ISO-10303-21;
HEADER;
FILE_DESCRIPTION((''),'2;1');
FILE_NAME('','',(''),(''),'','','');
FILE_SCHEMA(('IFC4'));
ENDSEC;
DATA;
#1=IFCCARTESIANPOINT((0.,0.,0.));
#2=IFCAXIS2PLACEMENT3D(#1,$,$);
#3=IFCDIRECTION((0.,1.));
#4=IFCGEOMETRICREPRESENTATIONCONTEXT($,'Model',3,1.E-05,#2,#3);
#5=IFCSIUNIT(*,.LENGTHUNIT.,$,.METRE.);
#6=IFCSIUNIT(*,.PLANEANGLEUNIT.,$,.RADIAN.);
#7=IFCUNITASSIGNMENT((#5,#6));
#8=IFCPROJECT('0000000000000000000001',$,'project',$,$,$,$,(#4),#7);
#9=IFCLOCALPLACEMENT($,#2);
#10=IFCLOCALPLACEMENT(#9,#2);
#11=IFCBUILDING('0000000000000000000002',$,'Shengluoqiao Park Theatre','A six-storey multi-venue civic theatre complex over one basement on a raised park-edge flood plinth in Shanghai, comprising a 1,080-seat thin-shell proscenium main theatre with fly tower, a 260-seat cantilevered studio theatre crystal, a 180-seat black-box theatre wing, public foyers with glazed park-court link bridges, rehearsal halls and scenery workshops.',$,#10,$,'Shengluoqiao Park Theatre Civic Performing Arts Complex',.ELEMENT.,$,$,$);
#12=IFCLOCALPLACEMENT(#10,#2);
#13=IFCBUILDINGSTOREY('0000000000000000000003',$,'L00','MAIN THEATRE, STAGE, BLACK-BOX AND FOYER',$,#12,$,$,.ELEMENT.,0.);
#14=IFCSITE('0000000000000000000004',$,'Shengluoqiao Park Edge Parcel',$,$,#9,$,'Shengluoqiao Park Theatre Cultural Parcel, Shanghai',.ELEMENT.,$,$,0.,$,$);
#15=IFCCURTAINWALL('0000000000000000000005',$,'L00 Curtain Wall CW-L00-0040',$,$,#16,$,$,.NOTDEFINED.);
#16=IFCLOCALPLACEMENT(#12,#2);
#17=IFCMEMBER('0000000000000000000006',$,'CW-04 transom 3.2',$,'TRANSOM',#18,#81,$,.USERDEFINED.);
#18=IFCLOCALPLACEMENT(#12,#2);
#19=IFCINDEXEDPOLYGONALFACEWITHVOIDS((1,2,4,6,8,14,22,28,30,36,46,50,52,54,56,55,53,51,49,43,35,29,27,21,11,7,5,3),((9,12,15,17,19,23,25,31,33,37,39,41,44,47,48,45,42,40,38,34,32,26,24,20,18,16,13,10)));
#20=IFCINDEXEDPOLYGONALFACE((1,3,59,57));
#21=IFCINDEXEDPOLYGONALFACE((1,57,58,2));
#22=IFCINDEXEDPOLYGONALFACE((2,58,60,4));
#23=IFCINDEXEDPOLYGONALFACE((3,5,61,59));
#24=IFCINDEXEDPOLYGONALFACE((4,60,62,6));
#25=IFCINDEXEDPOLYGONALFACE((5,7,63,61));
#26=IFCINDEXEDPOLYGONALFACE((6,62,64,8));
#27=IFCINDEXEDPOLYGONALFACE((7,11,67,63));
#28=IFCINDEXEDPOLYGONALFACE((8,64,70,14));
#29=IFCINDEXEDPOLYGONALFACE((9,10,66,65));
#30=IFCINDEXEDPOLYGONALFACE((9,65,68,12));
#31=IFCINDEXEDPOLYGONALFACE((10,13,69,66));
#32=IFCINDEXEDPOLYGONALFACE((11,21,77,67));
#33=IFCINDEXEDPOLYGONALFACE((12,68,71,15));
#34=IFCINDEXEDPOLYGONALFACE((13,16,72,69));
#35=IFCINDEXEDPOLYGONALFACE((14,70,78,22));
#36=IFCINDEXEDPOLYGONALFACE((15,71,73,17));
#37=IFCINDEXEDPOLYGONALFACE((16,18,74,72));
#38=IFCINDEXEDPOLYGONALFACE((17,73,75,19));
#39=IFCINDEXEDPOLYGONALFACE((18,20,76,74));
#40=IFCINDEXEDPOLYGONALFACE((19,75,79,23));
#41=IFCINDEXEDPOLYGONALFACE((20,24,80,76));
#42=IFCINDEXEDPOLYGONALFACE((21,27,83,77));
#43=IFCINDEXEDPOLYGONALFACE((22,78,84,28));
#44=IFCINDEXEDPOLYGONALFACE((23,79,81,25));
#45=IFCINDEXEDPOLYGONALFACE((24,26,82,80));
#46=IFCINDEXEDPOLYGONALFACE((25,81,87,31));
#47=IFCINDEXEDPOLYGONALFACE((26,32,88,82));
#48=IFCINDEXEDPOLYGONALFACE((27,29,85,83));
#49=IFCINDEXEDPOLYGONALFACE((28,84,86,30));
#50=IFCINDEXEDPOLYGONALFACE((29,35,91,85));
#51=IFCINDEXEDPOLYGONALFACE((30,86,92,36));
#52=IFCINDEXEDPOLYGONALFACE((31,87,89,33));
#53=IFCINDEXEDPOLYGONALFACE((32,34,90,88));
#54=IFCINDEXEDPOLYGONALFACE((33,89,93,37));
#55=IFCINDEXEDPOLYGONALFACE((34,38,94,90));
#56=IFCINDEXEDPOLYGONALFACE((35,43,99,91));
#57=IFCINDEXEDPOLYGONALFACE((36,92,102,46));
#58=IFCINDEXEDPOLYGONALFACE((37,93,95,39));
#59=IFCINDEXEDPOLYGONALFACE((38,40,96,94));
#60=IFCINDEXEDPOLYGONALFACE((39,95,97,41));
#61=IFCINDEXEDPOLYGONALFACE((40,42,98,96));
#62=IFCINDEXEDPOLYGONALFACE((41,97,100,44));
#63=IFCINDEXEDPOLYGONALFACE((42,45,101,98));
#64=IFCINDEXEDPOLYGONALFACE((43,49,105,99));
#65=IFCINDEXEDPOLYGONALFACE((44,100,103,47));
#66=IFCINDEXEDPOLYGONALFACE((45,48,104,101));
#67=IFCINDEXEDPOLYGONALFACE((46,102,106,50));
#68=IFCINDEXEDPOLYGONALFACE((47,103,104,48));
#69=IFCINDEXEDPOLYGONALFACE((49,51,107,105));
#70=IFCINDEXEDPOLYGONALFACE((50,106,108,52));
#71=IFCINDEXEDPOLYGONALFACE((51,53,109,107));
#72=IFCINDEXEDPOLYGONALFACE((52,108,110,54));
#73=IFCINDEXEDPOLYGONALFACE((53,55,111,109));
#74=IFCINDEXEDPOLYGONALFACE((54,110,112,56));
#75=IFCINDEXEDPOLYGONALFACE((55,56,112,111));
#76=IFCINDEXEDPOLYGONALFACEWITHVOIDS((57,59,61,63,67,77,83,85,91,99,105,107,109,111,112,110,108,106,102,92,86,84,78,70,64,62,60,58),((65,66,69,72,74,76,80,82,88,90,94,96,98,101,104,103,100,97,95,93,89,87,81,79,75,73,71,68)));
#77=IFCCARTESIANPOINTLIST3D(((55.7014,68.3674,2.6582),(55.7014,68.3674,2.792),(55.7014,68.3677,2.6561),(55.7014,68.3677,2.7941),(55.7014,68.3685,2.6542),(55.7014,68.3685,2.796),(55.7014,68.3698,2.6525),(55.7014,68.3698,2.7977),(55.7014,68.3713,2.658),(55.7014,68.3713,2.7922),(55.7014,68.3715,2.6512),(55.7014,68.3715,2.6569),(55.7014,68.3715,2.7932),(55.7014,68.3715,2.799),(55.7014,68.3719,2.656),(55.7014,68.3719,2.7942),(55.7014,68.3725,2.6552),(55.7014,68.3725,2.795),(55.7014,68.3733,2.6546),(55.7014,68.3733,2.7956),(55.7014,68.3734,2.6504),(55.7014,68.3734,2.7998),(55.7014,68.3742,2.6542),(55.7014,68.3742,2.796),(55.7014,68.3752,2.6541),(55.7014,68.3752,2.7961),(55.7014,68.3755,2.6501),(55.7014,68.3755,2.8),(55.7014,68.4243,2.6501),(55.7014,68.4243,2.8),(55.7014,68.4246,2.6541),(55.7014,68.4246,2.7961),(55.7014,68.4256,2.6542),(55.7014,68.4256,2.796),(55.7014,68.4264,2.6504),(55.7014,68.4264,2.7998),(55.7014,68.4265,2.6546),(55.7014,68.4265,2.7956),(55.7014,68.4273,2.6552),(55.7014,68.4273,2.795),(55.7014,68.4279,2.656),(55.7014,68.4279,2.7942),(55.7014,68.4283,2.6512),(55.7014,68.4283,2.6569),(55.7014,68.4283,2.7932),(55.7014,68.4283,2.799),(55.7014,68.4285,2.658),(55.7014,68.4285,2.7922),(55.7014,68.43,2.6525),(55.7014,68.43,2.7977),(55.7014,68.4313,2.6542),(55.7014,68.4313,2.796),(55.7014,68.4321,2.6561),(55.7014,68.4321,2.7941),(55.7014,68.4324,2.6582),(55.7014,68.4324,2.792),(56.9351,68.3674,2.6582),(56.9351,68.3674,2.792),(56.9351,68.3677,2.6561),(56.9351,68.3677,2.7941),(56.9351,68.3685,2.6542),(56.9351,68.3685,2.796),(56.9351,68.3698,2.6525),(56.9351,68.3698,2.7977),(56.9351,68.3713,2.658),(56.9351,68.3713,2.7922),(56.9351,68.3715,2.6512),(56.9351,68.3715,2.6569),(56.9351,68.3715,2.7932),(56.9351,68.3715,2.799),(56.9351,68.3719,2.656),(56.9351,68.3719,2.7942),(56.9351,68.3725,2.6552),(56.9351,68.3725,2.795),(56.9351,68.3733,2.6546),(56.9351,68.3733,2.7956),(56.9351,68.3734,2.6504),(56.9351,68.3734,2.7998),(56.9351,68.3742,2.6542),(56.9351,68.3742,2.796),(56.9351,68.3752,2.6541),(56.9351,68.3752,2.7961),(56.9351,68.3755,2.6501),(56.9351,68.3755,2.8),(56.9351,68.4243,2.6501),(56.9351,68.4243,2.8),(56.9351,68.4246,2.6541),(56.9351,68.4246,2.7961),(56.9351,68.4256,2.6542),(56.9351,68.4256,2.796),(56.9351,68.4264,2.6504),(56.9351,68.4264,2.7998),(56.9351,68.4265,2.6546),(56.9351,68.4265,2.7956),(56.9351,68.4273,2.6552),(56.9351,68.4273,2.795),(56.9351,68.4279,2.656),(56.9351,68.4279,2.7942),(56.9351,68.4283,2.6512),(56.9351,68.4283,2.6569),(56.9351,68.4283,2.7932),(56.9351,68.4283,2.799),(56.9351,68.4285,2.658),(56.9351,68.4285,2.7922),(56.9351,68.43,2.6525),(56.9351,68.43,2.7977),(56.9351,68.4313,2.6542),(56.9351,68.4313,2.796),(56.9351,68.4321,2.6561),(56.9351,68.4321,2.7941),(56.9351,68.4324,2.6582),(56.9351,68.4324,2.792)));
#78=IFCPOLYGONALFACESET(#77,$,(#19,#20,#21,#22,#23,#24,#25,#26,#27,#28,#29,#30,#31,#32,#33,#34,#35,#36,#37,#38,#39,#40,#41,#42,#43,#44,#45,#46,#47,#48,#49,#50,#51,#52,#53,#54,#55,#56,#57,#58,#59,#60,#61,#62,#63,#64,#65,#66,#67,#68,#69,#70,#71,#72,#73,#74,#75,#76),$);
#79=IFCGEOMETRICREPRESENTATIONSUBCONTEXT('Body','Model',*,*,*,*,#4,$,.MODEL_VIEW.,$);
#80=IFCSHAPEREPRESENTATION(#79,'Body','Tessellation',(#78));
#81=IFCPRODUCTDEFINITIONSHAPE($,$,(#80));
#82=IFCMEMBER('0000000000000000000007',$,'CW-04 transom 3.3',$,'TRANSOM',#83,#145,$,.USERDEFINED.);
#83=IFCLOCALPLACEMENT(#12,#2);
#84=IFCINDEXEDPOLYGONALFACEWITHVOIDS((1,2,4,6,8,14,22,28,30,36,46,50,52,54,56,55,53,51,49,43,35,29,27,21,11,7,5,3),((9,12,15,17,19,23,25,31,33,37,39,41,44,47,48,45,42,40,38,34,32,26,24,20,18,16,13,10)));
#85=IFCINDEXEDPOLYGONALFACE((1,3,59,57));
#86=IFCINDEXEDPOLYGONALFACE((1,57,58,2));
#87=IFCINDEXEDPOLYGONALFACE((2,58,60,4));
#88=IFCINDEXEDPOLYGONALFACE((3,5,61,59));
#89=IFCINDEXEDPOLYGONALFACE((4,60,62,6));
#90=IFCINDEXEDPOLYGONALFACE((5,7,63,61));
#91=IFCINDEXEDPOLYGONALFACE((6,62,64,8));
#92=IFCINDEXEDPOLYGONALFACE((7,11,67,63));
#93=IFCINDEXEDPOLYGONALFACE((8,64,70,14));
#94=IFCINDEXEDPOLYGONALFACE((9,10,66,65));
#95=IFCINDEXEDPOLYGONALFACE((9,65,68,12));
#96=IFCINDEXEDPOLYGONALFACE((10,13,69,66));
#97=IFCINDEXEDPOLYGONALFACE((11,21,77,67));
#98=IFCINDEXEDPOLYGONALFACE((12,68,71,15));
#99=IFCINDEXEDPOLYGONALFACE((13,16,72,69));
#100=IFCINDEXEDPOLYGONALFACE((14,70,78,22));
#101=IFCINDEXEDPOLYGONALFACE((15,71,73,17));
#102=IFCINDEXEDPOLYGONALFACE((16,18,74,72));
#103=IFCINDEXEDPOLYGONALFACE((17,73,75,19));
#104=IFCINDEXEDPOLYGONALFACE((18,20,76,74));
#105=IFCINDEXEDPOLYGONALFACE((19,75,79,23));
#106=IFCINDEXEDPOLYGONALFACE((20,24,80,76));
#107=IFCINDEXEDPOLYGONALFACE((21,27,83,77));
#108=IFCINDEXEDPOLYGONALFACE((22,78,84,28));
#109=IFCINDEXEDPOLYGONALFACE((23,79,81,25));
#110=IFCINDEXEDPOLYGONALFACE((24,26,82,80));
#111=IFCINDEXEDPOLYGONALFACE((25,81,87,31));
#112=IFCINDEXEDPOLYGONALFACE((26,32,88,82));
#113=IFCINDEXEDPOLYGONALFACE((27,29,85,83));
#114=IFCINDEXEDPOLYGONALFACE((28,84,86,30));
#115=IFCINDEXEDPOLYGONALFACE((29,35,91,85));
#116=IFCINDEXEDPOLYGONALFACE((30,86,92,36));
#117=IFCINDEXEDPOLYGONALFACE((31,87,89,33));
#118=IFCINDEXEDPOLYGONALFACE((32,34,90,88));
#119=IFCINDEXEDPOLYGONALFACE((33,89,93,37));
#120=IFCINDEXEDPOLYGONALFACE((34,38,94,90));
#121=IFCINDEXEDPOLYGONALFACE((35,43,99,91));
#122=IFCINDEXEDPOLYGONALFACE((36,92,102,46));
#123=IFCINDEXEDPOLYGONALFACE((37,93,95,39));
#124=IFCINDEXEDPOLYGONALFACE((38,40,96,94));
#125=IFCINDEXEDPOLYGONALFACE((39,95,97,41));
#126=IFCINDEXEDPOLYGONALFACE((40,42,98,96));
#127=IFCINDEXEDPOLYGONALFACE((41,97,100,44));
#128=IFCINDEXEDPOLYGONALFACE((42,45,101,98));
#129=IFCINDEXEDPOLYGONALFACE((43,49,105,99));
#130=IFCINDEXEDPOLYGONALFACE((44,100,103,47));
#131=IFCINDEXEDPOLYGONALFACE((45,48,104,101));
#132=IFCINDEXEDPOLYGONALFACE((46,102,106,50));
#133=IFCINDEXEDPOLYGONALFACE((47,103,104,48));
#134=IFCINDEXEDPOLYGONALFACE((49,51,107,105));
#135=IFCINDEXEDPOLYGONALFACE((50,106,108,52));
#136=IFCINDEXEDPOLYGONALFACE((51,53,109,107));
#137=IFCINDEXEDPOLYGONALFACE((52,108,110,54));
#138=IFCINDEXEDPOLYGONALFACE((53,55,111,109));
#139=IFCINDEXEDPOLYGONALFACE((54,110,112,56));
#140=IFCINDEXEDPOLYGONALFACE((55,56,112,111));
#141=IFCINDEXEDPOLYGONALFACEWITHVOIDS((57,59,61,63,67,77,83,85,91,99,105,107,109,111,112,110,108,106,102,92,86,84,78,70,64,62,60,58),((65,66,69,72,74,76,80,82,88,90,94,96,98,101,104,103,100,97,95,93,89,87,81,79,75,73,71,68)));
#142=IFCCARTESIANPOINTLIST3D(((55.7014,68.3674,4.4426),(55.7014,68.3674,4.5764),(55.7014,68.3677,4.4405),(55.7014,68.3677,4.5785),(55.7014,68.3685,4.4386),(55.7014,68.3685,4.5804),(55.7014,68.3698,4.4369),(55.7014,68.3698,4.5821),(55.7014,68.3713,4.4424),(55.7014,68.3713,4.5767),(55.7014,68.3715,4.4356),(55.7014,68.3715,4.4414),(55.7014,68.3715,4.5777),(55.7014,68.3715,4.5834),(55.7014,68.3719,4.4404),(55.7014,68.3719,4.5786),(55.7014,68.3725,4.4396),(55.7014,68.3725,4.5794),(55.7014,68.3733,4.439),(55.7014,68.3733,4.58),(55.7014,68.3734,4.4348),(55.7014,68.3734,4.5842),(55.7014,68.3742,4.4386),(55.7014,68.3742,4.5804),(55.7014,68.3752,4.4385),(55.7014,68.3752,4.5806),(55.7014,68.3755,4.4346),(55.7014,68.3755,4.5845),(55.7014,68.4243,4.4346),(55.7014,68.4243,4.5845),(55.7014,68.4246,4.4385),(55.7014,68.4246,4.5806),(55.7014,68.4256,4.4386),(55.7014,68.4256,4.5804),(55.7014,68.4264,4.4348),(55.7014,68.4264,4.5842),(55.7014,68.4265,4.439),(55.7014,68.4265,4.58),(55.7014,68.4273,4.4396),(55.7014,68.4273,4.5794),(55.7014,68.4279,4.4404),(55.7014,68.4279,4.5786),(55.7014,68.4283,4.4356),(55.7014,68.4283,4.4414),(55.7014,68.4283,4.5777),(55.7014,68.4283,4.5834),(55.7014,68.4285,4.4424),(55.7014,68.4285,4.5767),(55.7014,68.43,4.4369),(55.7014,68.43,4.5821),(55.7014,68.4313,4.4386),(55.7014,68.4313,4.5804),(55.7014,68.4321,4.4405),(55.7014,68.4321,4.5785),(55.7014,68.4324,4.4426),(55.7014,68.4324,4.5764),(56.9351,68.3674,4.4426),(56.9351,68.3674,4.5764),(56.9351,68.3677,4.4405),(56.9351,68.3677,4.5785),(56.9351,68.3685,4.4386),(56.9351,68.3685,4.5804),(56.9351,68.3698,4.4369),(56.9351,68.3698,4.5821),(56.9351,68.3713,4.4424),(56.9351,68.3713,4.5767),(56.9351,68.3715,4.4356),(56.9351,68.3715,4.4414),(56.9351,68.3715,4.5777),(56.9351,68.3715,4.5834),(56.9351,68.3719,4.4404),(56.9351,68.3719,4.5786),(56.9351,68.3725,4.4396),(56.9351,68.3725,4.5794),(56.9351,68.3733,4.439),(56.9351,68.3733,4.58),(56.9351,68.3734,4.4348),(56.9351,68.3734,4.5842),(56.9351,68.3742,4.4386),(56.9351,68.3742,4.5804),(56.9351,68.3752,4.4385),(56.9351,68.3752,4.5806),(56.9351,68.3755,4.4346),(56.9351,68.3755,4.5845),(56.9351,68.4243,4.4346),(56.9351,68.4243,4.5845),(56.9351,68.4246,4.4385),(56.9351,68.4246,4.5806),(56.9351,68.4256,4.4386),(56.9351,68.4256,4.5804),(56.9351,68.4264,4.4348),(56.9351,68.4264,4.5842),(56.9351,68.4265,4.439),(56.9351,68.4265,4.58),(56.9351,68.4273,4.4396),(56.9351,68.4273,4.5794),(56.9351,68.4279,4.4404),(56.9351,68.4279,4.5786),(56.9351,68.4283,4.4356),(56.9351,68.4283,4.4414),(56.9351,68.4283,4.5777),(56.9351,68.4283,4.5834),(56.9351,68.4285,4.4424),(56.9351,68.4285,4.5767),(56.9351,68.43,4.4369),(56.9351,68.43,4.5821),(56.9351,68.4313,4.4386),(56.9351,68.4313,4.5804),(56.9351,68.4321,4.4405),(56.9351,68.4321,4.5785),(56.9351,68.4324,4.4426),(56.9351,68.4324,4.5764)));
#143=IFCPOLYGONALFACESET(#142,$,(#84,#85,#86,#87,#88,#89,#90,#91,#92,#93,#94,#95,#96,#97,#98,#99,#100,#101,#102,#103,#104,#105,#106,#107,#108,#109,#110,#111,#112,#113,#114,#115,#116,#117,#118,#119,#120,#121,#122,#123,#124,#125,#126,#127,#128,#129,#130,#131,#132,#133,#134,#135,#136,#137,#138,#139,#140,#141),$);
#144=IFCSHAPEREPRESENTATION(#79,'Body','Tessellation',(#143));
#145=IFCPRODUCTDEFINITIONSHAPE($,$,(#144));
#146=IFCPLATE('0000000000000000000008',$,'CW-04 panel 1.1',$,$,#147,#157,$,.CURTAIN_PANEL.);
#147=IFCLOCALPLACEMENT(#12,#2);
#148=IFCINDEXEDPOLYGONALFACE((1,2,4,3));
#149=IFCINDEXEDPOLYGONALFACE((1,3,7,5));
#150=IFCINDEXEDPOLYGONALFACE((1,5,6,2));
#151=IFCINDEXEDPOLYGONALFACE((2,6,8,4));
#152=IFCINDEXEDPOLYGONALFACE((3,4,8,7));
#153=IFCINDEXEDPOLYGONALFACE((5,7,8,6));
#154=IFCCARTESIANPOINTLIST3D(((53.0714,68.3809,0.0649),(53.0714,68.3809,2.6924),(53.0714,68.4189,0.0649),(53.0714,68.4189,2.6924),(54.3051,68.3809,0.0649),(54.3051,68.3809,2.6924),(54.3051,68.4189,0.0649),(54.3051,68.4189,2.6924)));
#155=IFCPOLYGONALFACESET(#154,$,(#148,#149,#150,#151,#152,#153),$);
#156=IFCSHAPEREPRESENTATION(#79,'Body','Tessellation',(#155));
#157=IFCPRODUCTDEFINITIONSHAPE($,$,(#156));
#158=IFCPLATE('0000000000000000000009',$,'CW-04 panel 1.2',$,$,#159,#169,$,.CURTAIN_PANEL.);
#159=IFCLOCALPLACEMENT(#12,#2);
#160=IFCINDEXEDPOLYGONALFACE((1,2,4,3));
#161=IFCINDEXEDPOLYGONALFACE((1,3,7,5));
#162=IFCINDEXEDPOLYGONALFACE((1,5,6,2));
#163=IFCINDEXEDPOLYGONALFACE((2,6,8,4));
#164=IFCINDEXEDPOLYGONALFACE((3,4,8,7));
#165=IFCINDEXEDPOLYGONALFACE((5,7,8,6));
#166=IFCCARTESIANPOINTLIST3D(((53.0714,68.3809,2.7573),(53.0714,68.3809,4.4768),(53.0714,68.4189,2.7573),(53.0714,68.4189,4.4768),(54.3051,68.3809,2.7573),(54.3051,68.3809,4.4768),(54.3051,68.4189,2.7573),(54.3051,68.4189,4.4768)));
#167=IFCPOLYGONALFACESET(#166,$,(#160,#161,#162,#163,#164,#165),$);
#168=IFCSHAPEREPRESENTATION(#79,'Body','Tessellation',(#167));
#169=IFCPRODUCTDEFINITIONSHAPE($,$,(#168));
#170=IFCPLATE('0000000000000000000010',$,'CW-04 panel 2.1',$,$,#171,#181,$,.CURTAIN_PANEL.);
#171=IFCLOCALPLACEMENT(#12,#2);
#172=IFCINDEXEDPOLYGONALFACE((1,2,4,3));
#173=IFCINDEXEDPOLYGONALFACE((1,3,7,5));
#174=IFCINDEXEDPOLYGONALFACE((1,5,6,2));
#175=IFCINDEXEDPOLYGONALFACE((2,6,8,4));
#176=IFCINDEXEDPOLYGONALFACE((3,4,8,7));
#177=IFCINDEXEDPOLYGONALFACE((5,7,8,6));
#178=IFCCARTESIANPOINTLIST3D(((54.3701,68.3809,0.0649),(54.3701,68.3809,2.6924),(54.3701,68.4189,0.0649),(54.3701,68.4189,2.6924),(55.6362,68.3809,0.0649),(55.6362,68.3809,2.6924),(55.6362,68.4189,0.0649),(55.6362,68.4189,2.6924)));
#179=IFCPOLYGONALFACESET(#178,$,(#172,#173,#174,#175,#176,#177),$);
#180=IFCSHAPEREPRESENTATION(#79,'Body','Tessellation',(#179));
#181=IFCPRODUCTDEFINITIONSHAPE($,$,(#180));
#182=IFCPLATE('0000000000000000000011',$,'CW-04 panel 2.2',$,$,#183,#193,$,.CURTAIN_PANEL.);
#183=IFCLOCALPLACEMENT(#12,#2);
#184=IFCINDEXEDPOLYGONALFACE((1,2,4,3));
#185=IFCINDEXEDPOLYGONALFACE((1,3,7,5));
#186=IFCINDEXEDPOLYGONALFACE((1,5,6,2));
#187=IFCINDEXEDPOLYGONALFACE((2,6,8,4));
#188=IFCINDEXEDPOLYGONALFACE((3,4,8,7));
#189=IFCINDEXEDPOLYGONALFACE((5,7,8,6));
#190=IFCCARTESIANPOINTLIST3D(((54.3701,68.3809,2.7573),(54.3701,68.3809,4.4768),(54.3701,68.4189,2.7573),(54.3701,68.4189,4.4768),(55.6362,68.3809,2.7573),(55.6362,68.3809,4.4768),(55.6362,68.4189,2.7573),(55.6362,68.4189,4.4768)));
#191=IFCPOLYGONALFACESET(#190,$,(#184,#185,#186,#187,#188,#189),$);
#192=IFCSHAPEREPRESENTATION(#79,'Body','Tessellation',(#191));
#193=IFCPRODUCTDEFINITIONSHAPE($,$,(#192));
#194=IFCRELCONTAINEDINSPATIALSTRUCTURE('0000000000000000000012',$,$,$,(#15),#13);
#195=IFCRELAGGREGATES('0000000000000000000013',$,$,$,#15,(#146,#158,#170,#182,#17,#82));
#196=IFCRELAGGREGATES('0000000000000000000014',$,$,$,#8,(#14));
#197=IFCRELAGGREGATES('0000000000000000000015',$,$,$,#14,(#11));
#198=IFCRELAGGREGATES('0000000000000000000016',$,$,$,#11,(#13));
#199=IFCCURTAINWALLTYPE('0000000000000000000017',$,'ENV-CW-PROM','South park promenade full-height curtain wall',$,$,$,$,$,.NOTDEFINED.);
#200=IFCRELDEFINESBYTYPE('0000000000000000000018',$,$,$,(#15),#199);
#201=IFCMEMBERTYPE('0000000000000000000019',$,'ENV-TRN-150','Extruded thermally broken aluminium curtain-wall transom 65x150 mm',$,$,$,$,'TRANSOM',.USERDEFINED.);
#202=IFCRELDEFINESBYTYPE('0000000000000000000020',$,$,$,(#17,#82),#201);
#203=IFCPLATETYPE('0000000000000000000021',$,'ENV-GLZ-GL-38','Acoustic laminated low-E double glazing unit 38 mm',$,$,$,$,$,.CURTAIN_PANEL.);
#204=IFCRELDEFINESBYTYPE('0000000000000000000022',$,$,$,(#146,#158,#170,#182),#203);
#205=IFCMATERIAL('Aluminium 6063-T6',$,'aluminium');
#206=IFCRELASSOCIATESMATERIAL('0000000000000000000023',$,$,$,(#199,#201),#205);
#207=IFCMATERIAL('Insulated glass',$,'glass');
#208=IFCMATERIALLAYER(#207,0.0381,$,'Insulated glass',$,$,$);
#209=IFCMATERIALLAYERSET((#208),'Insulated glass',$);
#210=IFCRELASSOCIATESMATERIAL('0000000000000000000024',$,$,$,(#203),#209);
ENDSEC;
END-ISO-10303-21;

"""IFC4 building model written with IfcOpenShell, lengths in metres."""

from ifc_helpers import new_model, si_unit, direction, frame, origin, origin_2d, place, context, subcontext, project, spatial, rectangle, hollow_rectangle, extrude, material, layer, layer_set, material_profile, profile_set, type_object, element, aggregate, save


model = new_model("IFC4")

# Units and contexts
model_context = context("Model", 3, precision=1e-05, world=origin(), true_north=direction((0.0, 1.0)))
body_context = subcontext(model_context, "Body", "Model", "MODEL_VIEW")
ifc_project = project(units=[si_unit("LENGTHUNIT", "METRE"), si_unit("PLANEANGLEUNIT", "RADIAN")], contexts=[model_context])

# Site, building, storey
site_placement = place(None, origin())
site = spatial("IfcSite", under=ifc_project, at=site_placement, Name="Shengluoqiao Park Edge Parcel", LongName="Shengluoqiao Park Theatre Cultural Parcel, Shanghai", CompositionType="ELEMENT", RefElevation=0.0)
building_placement = place(site_placement, origin())
building = spatial("IfcBuilding", under=site, at=building_placement, Name="Shengluoqiao Park Theatre", Description="A six-storey multi-venue civic theatre complex over one basement on a raised park-edge flood plinth in Shanghai, comprising a 1,080-seat thin-shell proscenium main theatre with fly tower, a 260-seat cantilevered studio theatre crystal, a 180-seat black-box theatre wing, public foyers with glazed park-court link bridges, rehearsal halls and scenery workshops.", LongName="Shengluoqiao Park Theatre Civic Performing Arts Complex", CompositionType="ELEMENT")
storey_placement = place(building_placement, origin())
storey = spatial("IfcBuildingStorey", under=building, at=storey_placement, Name="L00", Description="MAIN THEATRE, STAGE, BLACK-BOX AND FOYER", CompositionType="ELEMENT", Elevation=0.0)

# Curtain wall, members, plates
ifc_material_1 = material(Name="Aluminium 6063-T6", Category="aluminium")
curtain_wall_type = type_object("IfcCurtainWallType", Name="ENV-CW-PROM", Description="South park promenade full-height curtain wall", PredefinedType="NOTDEFINED", material=ifc_material_1)
curtain_wall_placement = place(storey_placement, origin())
curtain_wall = element("IfcCurtainWall", 1, at=curtain_wall_placement, inside=storey, type_object=curtain_wall_type, Name="L00 Curtain Wall CW-L00-0040", PredefinedType="NOTDEFINED")
ifc_material_profile_1 = material_profile(ifc_material_1, hollow_rectangle(XDim=0.0649, YDim=0.1499, WallThickness=0.0039, InnerFilletRadius=0.0039, OuterFilletRadius=0.0081, at=origin_2d()), Name="ALU TRANSOM 150x65x4")
ifc_profile_set_1 = profile_set([ifc_material_profile_1], Name="Aluminium 6063-T6")
member_type_1 = type_object("IfcMemberType", Name="ENV-TRN-150", Description="Extruded thermally broken aluminium curtain-wall transom 65x150 mm", ElementType="TRANSOM", PredefinedType="USERDEFINED", material=ifc_profile_set_1)
member_1_placement = place(storey_placement, frame((55.7014, 68.3999, 2.7251), z_axis=(1.0, 0.0, 0.0), x_axis=(0.0, 1.0, 0.0)))
member_1 = element("IfcMember", 2, at=member_1_placement, type_object=member_type_1, Name="CW-04 transom 3.2", ObjectType="TRANSOM", PredefinedType="USERDEFINED", context=body_context, shape_type="SweptSolid", body=[
    extrude(hollow_rectangle(XDim=0.0649, YDim=0.1499, WallThickness=0.0039, InnerFilletRadius=0.0039, OuterFilletRadius=0.0081, at=origin_2d()), origin(), (0.0, 0.0, 1.0), 1.2336),
])
member_2_placement = place(storey_placement, frame((55.7014, 68.3999, 4.5095), z_axis=(1.0, 0.0, 0.0), x_axis=(0.0, 1.0, 0.0)))
member_2 = element("IfcMember", 3, at=member_2_placement, type_object=member_type_1, Name="CW-04 transom 3.3", ObjectType="TRANSOM", PredefinedType="USERDEFINED", context=body_context, shape_type="SweptSolid", body=[
    extrude(hollow_rectangle(XDim=0.0649, YDim=0.1499, WallThickness=0.0039, InnerFilletRadius=0.0039, OuterFilletRadius=0.0081, at=origin_2d()), origin(), (0.0, 0.0, 1.0), 1.2336),
])
ifc_material_2 = material(Name="Insulated glass", Category="glass")
ifc_layer_1 = layer(ifc_material_2, 0.0381, Name="Insulated glass")
ifc_layer_set_1 = layer_set([ifc_layer_1], Name="Insulated glass")
plate_type = type_object("IfcPlateType", Name="ENV-GLZ-GL-38", Description="Acoustic laminated low-E double glazing unit 38 mm", PredefinedType="CURTAIN_PANEL", material=ifc_layer_set_1)
plate_1_placement = place(storey_placement, frame((53.6882, 68.3999, 0.0649), z_axis=(0.0, 0.0, 1.0), x_axis=(1.0, 0.0, 0.0)))
plate_1 = element("IfcPlate", 4, at=plate_1_placement, type_object=plate_type, Name="CW-04 panel 1.1", PredefinedType="CURTAIN_PANEL", context=body_context, shape_type="SweptSolid", body=[
    extrude(rectangle(XDim=1.2336, YDim=0.0381, at=origin_2d()), origin(), (0.0, 0.0, 1.0), 2.6274),
])
plate_2_placement = place(storey_placement, frame((53.6882, 68.3999, 2.7573), z_axis=(0.0, 0.0, 1.0), x_axis=(1.0, 0.0, 0.0)))
plate_2 = element("IfcPlate", 5, at=plate_2_placement, type_object=plate_type, Name="CW-04 panel 1.2", PredefinedType="CURTAIN_PANEL", context=body_context, shape_type="SweptSolid", body=[
    extrude(rectangle(XDim=1.2336, YDim=0.0381, at=origin_2d()), origin(), (0.0, 0.0, 1.0), 1.7195),
])
plate_3_placement = place(storey_placement, frame((55.0032, 68.3999, 0.0649), z_axis=(0.0, 0.0, 1.0), x_axis=(1.0, 0.0, 0.0)))
plate_3 = element("IfcPlate", 6, at=plate_3_placement, type_object=plate_type, Name="CW-04 panel 2.1", PredefinedType="CURTAIN_PANEL", context=body_context, shape_type="SweptSolid", body=[
    extrude(rectangle(XDim=1.2661, YDim=0.0381, at=origin_2d()), origin(), (0.0, 0.0, 1.0), 2.6274),
])
plate_4_placement = place(storey_placement, frame((55.0032, 68.3999, 2.7573), z_axis=(0.0, 0.0, 1.0), x_axis=(1.0, 0.0, 0.0)))
plate_4 = element("IfcPlate", 7, at=plate_4_placement, type_object=plate_type, Name="CW-04 panel 2.2", PredefinedType="CURTAIN_PANEL", context=body_context, shape_type="SweptSolid", body=[
    extrude(rectangle(XDim=1.2661, YDim=0.0381, at=origin_2d()), origin(), (0.0, 0.0, 1.0), 1.7195),
])
aggregate(curtain_wall, [plate_1, plate_2, plate_3, plate_4, member_1, member_2])

save(model, "model.ifc")
